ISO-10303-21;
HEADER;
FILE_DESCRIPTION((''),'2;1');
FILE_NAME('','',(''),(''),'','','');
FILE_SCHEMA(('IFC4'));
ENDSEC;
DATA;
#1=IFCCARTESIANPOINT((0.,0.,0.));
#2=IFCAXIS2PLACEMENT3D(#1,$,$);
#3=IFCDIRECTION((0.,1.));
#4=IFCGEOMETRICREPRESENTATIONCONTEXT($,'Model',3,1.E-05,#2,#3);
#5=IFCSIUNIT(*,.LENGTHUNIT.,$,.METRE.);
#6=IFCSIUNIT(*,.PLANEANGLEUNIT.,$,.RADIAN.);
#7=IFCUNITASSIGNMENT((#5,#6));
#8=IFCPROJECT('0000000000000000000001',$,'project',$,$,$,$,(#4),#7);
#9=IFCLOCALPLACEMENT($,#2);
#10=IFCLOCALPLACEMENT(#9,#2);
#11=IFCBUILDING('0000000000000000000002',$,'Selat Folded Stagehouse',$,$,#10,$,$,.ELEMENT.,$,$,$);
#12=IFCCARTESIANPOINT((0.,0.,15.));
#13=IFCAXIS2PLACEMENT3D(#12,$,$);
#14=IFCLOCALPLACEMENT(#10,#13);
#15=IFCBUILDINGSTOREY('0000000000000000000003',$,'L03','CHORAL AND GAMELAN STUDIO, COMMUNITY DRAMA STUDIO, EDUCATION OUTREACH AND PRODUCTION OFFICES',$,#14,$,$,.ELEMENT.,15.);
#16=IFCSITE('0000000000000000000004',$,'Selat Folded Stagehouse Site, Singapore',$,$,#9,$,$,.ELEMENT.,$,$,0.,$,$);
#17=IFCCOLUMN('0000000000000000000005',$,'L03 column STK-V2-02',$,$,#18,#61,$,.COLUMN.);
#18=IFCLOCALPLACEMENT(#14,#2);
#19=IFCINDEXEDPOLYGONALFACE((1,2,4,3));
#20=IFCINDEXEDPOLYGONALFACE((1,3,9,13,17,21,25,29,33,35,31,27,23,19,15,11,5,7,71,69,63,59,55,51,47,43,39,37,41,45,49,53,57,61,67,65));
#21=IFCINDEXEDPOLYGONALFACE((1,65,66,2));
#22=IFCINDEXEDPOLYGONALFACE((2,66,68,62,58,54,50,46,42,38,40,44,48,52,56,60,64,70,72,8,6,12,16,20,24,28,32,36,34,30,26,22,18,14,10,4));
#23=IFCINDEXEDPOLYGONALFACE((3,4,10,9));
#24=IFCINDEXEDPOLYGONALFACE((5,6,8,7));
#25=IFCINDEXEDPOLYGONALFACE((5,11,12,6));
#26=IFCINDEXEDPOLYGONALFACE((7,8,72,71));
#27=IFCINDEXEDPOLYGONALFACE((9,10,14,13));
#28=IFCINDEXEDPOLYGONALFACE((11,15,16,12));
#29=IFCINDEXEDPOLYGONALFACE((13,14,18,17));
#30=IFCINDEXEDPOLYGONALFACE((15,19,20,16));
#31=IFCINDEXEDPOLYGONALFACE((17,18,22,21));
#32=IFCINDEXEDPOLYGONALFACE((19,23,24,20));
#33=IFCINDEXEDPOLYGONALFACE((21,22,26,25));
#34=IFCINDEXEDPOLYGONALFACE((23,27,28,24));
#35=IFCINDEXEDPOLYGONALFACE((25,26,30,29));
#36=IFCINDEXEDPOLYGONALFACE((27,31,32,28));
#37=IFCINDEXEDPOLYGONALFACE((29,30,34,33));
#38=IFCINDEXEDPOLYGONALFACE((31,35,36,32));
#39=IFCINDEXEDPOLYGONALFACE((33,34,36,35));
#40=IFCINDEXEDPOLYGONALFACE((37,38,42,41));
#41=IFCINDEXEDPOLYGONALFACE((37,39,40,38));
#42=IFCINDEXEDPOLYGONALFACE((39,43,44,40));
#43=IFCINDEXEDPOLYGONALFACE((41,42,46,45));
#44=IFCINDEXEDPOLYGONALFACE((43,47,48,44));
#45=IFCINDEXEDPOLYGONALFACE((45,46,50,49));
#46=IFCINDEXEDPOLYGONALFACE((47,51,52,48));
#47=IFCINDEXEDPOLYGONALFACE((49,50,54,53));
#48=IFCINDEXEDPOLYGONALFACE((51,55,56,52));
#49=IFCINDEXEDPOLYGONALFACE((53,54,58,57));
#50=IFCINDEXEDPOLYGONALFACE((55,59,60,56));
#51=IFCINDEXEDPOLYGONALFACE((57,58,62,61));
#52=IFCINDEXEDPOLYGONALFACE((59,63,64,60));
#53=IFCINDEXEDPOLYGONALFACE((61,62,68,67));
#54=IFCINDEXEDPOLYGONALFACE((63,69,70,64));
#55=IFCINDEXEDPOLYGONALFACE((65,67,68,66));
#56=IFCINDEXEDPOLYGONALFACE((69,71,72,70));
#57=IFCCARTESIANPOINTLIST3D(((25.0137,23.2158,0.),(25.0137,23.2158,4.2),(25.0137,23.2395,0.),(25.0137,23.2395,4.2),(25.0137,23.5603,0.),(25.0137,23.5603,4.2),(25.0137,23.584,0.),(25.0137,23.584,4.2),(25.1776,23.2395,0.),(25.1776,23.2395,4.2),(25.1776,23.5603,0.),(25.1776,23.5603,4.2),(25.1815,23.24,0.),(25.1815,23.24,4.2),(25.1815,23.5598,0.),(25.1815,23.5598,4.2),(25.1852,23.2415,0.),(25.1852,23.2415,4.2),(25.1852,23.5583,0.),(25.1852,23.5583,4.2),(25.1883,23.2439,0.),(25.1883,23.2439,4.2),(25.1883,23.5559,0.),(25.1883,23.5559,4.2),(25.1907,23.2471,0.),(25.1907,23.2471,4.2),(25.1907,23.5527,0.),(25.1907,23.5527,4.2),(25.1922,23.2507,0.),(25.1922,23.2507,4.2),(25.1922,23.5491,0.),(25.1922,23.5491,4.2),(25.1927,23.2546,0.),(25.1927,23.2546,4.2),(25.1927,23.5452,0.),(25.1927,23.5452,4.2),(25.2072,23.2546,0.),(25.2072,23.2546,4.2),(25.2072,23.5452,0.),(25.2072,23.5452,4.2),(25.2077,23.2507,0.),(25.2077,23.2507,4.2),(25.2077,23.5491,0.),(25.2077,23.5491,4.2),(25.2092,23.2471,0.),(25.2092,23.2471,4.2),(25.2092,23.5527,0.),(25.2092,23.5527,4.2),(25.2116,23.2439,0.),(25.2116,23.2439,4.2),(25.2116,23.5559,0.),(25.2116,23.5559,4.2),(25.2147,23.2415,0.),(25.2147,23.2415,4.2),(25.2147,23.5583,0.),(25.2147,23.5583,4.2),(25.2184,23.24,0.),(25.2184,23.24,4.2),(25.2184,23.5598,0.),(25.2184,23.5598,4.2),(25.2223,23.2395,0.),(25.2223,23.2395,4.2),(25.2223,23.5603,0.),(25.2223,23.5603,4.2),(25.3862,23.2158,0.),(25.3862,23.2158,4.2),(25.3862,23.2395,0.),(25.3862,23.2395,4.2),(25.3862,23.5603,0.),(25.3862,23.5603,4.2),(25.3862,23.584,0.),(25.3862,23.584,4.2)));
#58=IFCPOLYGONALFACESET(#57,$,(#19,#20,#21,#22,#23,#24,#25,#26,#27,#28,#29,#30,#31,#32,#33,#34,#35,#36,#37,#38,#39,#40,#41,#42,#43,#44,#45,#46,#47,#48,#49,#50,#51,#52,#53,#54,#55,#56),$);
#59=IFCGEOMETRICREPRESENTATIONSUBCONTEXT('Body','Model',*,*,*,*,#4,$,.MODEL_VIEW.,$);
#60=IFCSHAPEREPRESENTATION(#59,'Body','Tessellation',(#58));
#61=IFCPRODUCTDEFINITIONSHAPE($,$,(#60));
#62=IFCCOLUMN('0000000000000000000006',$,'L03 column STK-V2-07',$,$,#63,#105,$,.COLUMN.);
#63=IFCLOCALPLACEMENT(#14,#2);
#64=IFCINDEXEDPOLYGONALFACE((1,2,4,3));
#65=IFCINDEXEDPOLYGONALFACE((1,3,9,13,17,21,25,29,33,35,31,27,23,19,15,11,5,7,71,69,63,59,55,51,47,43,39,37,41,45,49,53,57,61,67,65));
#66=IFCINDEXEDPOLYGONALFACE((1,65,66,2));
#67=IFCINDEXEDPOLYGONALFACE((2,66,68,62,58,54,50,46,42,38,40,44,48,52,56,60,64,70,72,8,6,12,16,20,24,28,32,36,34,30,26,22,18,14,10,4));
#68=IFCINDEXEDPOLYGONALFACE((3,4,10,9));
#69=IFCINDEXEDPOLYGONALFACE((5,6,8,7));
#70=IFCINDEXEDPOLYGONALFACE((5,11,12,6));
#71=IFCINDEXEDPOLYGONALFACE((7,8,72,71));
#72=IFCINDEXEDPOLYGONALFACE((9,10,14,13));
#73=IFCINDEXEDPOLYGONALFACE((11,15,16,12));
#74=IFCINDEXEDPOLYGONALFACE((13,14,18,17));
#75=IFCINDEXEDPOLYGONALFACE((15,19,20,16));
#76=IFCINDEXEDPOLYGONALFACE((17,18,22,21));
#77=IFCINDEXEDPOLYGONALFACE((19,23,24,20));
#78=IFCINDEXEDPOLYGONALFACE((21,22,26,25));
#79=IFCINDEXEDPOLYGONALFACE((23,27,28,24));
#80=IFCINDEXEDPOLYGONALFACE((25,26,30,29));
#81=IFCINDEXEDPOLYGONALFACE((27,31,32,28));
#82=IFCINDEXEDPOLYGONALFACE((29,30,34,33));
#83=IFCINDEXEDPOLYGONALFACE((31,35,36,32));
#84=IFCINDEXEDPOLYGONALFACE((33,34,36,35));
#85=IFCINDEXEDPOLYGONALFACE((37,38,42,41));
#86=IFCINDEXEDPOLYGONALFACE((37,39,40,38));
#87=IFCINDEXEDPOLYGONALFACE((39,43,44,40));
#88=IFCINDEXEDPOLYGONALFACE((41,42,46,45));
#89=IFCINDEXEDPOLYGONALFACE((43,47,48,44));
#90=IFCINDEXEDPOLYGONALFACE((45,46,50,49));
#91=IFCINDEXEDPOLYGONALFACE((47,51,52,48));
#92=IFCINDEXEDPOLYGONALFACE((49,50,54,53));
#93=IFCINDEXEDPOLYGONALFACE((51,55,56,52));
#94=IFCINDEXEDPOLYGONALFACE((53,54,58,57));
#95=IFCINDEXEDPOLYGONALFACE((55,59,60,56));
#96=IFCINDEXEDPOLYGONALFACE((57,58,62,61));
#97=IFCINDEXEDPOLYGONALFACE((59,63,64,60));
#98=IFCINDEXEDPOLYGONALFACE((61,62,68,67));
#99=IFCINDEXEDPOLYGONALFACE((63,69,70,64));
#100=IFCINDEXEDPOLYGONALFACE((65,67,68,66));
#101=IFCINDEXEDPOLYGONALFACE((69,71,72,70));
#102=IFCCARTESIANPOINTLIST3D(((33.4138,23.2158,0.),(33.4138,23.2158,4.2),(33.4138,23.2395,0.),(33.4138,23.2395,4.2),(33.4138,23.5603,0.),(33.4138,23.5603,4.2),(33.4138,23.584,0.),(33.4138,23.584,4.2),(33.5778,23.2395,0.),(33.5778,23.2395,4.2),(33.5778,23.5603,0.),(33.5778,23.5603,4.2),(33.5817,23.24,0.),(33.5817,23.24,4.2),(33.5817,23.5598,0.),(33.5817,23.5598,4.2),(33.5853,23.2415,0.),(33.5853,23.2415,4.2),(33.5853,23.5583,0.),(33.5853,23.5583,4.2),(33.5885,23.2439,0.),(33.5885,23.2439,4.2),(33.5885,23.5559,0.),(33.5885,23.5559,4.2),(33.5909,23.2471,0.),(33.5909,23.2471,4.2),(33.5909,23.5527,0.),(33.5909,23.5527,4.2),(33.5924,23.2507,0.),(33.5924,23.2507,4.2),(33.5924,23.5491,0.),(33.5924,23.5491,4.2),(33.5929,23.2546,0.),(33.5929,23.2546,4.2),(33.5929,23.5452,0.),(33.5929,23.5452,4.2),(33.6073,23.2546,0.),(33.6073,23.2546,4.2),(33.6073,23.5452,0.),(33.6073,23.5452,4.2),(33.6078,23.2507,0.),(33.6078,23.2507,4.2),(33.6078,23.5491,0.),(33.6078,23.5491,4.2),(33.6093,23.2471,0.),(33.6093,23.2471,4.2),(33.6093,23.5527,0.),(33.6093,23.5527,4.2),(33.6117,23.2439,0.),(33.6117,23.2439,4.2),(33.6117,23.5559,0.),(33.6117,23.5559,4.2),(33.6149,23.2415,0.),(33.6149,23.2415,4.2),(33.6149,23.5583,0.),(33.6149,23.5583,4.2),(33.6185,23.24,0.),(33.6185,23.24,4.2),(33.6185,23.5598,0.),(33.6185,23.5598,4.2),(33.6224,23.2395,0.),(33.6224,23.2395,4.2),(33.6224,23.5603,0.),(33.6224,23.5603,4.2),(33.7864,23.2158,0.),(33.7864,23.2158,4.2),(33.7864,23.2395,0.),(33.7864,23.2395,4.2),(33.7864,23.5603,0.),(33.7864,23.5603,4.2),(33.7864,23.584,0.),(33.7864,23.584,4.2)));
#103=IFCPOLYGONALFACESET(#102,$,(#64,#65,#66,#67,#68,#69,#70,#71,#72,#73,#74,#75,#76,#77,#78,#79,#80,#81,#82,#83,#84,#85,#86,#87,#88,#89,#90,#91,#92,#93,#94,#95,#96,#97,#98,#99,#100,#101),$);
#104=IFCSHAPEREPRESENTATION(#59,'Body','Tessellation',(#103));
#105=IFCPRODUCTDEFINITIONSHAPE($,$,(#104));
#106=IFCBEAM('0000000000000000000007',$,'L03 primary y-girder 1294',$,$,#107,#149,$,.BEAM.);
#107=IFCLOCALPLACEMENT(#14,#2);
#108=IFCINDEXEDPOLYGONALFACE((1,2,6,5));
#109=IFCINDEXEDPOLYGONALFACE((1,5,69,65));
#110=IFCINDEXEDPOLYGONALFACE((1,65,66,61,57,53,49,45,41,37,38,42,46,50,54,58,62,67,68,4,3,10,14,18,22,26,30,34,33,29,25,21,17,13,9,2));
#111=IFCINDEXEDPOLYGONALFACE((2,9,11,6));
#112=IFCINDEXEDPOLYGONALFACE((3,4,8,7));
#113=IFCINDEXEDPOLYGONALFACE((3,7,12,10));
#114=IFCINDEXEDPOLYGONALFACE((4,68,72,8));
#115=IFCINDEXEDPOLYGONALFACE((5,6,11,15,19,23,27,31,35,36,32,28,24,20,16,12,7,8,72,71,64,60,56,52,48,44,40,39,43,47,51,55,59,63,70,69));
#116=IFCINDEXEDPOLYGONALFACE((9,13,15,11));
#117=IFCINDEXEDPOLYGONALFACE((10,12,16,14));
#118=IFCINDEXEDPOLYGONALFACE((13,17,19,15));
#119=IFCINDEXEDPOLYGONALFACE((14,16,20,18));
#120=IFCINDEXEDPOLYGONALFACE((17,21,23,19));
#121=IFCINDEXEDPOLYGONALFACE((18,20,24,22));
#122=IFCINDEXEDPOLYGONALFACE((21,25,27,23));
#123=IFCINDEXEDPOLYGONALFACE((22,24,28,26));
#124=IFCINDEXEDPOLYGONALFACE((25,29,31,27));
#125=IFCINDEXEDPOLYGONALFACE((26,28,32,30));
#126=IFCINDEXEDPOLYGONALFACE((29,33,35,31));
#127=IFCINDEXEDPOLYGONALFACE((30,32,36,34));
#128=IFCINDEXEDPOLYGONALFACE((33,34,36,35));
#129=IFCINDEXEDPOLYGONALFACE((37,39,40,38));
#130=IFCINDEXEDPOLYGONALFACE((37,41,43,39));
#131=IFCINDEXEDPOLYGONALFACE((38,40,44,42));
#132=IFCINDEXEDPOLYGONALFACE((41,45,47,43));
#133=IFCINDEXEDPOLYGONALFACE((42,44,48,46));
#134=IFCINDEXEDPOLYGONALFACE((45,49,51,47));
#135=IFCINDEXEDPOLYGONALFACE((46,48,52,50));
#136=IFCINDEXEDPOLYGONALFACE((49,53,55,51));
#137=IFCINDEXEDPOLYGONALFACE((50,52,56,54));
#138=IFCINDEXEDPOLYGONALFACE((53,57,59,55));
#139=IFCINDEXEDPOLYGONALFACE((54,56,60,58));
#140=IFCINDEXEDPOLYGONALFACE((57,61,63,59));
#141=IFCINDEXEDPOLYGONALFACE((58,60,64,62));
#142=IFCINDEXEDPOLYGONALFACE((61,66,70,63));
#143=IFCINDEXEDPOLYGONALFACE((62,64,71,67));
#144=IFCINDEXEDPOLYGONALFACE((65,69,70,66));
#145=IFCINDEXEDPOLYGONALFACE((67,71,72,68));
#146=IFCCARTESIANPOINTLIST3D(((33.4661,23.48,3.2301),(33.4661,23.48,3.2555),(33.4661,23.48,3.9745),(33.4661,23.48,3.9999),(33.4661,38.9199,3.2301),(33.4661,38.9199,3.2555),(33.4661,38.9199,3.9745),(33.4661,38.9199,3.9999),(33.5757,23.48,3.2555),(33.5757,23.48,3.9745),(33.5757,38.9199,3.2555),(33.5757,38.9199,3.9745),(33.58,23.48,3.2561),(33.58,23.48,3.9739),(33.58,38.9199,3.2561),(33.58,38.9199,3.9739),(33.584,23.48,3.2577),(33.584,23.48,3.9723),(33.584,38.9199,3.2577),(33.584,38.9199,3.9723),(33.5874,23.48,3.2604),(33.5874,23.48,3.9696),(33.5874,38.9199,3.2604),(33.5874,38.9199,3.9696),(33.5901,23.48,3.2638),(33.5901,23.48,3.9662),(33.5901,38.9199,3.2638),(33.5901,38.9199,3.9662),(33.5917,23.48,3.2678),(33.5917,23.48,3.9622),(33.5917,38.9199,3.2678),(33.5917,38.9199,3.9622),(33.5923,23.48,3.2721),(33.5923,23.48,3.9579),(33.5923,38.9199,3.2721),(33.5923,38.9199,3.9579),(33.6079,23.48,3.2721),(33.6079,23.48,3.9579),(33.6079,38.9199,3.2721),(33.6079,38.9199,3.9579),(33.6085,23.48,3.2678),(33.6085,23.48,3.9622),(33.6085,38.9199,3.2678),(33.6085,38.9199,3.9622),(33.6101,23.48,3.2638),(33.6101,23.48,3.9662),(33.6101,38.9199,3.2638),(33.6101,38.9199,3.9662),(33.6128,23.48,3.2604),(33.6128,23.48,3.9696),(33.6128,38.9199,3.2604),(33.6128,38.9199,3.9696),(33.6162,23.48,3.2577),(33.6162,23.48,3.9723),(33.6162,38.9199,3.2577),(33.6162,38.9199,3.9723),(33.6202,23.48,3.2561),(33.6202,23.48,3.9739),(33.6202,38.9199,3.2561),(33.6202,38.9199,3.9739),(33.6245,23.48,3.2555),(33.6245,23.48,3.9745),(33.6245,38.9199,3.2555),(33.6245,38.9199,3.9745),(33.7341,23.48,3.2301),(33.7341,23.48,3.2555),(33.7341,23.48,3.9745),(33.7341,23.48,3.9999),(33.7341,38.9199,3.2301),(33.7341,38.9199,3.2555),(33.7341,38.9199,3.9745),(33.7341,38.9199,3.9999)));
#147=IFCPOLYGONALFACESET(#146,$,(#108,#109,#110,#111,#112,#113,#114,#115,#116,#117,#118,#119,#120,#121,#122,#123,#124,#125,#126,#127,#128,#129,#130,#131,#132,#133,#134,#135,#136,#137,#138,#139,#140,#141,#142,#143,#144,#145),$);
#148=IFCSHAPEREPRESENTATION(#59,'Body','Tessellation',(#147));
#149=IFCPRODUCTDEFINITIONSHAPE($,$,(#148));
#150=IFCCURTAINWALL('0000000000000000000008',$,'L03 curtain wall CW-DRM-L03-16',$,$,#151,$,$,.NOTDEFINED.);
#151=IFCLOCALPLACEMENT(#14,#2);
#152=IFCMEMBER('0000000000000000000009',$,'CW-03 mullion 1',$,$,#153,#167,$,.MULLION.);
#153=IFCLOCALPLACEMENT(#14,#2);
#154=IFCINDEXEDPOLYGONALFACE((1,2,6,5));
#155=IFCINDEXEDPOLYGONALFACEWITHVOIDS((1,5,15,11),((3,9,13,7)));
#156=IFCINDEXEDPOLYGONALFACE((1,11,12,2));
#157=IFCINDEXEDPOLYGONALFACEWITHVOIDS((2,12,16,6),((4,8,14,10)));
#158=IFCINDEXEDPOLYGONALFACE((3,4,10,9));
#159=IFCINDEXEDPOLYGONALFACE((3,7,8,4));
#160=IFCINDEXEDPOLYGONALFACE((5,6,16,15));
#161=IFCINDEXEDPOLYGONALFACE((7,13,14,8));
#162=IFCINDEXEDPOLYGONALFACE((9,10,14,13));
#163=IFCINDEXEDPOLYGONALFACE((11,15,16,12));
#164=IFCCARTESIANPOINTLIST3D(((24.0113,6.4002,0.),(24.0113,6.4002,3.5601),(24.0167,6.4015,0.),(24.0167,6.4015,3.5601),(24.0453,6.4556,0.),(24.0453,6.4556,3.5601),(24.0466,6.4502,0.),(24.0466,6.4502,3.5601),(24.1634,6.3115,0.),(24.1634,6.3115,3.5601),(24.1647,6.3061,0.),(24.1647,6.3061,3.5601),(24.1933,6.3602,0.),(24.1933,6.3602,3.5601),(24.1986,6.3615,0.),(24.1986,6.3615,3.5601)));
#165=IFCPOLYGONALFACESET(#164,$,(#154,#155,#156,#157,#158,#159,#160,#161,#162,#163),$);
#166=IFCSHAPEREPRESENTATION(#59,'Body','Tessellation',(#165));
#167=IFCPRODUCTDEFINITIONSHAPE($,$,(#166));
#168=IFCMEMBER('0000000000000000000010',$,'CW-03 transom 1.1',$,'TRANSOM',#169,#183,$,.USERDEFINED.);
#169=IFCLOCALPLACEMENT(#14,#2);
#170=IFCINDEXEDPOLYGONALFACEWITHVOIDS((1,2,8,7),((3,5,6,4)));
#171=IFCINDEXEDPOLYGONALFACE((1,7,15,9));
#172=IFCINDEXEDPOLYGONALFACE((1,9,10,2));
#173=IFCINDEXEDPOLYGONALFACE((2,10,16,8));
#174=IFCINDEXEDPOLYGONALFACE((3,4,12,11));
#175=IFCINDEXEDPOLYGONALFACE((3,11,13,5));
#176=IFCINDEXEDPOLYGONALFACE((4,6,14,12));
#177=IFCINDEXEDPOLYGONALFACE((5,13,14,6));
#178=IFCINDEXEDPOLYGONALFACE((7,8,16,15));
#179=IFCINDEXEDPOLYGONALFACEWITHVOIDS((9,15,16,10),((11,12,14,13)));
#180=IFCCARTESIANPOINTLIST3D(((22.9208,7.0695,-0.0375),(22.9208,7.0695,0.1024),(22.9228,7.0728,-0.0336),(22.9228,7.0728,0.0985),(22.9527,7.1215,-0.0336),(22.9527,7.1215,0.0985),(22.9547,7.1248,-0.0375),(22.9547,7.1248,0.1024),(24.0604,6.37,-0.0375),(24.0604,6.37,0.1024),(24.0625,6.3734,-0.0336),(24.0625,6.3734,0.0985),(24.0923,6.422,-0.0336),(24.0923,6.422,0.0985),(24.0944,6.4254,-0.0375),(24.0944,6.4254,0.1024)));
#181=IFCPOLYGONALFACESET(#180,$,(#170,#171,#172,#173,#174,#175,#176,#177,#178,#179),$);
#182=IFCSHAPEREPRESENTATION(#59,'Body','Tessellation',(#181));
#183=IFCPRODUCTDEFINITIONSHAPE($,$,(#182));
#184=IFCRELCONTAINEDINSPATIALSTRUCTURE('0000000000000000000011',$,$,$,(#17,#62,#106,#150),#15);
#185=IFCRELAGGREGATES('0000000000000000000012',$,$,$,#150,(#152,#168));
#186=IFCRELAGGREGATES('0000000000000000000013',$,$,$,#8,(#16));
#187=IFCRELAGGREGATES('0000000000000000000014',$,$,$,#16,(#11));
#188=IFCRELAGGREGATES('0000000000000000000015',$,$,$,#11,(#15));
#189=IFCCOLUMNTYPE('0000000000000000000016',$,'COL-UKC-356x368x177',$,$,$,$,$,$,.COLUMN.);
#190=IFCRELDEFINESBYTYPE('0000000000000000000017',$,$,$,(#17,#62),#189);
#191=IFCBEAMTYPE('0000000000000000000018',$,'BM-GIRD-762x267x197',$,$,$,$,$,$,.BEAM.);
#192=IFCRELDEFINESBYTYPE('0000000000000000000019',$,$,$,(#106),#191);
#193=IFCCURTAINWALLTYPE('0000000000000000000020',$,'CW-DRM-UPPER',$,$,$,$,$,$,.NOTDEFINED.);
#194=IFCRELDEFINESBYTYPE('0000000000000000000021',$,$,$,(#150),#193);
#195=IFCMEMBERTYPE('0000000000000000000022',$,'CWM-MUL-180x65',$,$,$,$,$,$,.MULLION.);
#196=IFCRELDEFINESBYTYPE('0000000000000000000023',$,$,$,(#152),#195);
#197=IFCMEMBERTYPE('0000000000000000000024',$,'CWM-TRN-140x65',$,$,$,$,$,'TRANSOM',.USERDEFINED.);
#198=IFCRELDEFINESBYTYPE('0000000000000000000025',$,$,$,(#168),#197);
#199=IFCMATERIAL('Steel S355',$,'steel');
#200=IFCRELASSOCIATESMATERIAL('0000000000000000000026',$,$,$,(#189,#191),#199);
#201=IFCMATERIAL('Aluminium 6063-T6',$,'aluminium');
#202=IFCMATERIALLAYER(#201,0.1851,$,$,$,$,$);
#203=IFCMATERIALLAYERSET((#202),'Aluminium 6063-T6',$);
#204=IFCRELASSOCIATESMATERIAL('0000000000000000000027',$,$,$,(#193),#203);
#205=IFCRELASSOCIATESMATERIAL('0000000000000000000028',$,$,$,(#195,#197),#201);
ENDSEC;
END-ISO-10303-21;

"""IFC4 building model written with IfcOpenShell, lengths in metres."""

from ifc_helpers import new_model, si_unit, direction, frame, origin, origin_2d, place, context, subcontext, project, spatial, hollow_rectangle, i_section, extrude, material, layer, layer_set, material_profile, profile_set, type_object, element, aggregate, save


model = new_model("IFC4")

# Units and contexts
model_context = context("Model", 3, precision=1e-05, world=origin(), true_north=direction((0.0, 1.0)))
body_context = subcontext(model_context, "Body", "Model", "MODEL_VIEW")
ifc_project = project(units=[si_unit("LENGTHUNIT", "METRE"), si_unit("PLANEANGLEUNIT", "RADIAN")], contexts=[model_context])

# Site, building, storey
site_placement = place(None, origin())
site = spatial("IfcSite", under=ifc_project, at=site_placement, Name="Selat Folded Stagehouse Site, Singapore", CompositionType="ELEMENT", RefElevation=0.0)
building_placement = place(site_placement, origin())
building = spatial("IfcBuilding", under=site, at=building_placement, Name="Selat Folded Stagehouse", CompositionType="ELEMENT")
storey_placement = place(building_placement, frame((0.0, 0.0, 15.0)))
storey = spatial("IfcBuildingStorey", under=building, at=storey_placement, Name="L03", Description="CHORAL AND GAMELAN STUDIO, COMMUNITY DRAMA STUDIO, EDUCATION OUTREACH AND PRODUCTION OFFICES", CompositionType="ELEMENT", Elevation=15.0)

# Columns
ifc_material_1 = material(Name="Steel S355", Category="steel")
ifc_material_profile_1 = material_profile(ifc_material_1, i_section(OverallWidth=0.3726, OverallDepth=0.3682, WebThickness=0.0144, FlangeThickness=0.0237, FilletRadius=0.0151, at=origin_2d()), Name="UKC 356x368x177")
ifc_profile_set_1 = profile_set([ifc_material_profile_1], Name="Steel S355")
column_type = type_object("IfcColumnType", Name="COL-UKC-356x368x177", PredefinedType="COLUMN", material=ifc_profile_set_1)
for number, where, z_axis, x_axis, name in (
    (1, (25.2, 23.3999, 0.0), (0.0, 0.0, 1.0), (1.0, 0.0, 0.0), "L03 column STK-V2-02"),
    (2, (33.6001, 23.3999, 0.0), (0.0, 0.0, 1.0), (1.0, 0.0, 0.0), "L03 column STK-V2-07"),
):
    element("IfcColumn", number, at=place(storey_placement, frame(where, z_axis=z_axis, x_axis=x_axis)), inside=storey, type_object=column_type, Name=name, PredefinedType="COLUMN", context=body_context, shape_type="SweptSolid", body=[
        extrude(i_section(OverallWidth=0.3726, OverallDepth=0.3682, WebThickness=0.0144, FlangeThickness=0.0237, FilletRadius=0.0151, at=origin_2d()), origin(), (0.0, 0.0, 1.0), 4.2),
    ])

# Beam
ifc_material_profile_2 = material_profile(ifc_material_1, i_section(OverallWidth=0.2681, OverallDepth=0.7698, WebThickness=0.0156, FlangeThickness=0.0254, FilletRadius=0.0166, at=origin_2d()), Name="UKB 762x267x197")
ifc_profile_set_2 = profile_set([ifc_material_profile_2], Name="Steel S355")
beam_type = type_object("IfcBeamType", Name="BM-GIRD-762x267x197", PredefinedType="BEAM", material=ifc_profile_set_2)
beam_placement = place(storey_placement, frame((33.6001, 23.48, 3.615), z_axis=(0.0, 1.0, 0.0), x_axis=(-1.0, 0.0, 0.0)))
element("IfcBeam", 3, at=beam_placement, inside=storey, type_object=beam_type, Name="L03 primary y-girder 1294", PredefinedType="BEAM", context=body_context, shape_type="SweptSolid", body=[
    extrude(i_section(OverallWidth=0.2681, OverallDepth=0.7698, WebThickness=0.0156, FlangeThickness=0.0254, FilletRadius=0.0166, at=origin_2d()), origin(), (0.0, 0.0, 1.0), 15.4399),
])

# Curtain wall, members
ifc_material_2 = material(Name="Aluminium 6063-T6", Category="aluminium")
ifc_layer_1 = layer(ifc_material_2, 0.1851)
ifc_layer_set_1 = layer_set([ifc_layer_1], Name="Aluminium 6063-T6")
curtain_wall_type = type_object("IfcCurtainWallType", Name="CW-DRM-UPPER", PredefinedType="NOTDEFINED", material=ifc_layer_set_1)
curtain_wall_placement = place(storey_placement, origin())
curtain_wall = element("IfcCurtainWall", 4, at=curtain_wall_placement, inside=storey, type_object=curtain_wall_type, Name="L03 curtain wall CW-DRM-L03-16", PredefinedType="NOTDEFINED")
ifc_material_profile_3 = material_profile(ifc_material_2, hollow_rectangle(XDim=0.0649, YDim=0.1799, WallThickness=0.0039, at=origin_2d()), Name="ALU 180x65x4.0")
ifc_profile_set_3 = profile_set([ifc_material_profile_3], Name="Aluminium 6063-T6")
member_type_1 = type_object("IfcMemberType", Name="CWM-MUL-180x65", PredefinedType="MULLION", material=ifc_profile_set_3)
member_1_placement = place(storey_placement, frame((24.105, 6.3809, 0.0), z_axis=(0.0, 0.0, 1.0), x_axis=(-0.523025, -0.852317, 0.0)))
member_1 = element("IfcMember", 5, at=member_1_placement, type_object=member_type_1, Name="CW-03 mullion 1", PredefinedType="MULLION", context=body_context, shape_type="SweptSolid", body=[
    extrude(hollow_rectangle(XDim=0.0649, YDim=0.1799, WallThickness=0.0039, at=origin_2d()), origin(), (0.0, 0.0, 1.0), 3.5601),
])
ifc_material_profile_4 = material_profile(ifc_material_2, hollow_rectangle(XDim=0.0649, YDim=0.1399, WallThickness=0.0039, at=origin_2d()), Name="ALU 140x65x4.0")
ifc_profile_set_4 = profile_set([ifc_material_profile_4], Name="Aluminium 6063-T6")
member_type_2 = type_object("IfcMemberType", Name="CWM-TRN-140x65", ElementType="TRANSOM", PredefinedType="USERDEFINED", material=ifc_profile_set_4)
member_2_placement = place(storey_placement, frame((24.0774, 6.3977, 0.0325), z_axis=(-0.852278, 0.523089, 0.0), x_axis=(-0.523089, -0.852278, 0.0)))
member_2 = element("IfcMember", 6, at=member_2_placement, type_object=member_type_2, Name="CW-03 transom 1.1", ObjectType="TRANSOM", PredefinedType="USERDEFINED", context=body_context, shape_type="SweptSolid", body=[
    extrude(hollow_rectangle(XDim=0.0649, YDim=0.1399, WallThickness=0.0039, at=origin_2d()), origin(), (0.0, 0.0, 1.0), 1.3372),
])
aggregate(curtain_wall, [member_1, member_2])

save(model, "model.ifc")
